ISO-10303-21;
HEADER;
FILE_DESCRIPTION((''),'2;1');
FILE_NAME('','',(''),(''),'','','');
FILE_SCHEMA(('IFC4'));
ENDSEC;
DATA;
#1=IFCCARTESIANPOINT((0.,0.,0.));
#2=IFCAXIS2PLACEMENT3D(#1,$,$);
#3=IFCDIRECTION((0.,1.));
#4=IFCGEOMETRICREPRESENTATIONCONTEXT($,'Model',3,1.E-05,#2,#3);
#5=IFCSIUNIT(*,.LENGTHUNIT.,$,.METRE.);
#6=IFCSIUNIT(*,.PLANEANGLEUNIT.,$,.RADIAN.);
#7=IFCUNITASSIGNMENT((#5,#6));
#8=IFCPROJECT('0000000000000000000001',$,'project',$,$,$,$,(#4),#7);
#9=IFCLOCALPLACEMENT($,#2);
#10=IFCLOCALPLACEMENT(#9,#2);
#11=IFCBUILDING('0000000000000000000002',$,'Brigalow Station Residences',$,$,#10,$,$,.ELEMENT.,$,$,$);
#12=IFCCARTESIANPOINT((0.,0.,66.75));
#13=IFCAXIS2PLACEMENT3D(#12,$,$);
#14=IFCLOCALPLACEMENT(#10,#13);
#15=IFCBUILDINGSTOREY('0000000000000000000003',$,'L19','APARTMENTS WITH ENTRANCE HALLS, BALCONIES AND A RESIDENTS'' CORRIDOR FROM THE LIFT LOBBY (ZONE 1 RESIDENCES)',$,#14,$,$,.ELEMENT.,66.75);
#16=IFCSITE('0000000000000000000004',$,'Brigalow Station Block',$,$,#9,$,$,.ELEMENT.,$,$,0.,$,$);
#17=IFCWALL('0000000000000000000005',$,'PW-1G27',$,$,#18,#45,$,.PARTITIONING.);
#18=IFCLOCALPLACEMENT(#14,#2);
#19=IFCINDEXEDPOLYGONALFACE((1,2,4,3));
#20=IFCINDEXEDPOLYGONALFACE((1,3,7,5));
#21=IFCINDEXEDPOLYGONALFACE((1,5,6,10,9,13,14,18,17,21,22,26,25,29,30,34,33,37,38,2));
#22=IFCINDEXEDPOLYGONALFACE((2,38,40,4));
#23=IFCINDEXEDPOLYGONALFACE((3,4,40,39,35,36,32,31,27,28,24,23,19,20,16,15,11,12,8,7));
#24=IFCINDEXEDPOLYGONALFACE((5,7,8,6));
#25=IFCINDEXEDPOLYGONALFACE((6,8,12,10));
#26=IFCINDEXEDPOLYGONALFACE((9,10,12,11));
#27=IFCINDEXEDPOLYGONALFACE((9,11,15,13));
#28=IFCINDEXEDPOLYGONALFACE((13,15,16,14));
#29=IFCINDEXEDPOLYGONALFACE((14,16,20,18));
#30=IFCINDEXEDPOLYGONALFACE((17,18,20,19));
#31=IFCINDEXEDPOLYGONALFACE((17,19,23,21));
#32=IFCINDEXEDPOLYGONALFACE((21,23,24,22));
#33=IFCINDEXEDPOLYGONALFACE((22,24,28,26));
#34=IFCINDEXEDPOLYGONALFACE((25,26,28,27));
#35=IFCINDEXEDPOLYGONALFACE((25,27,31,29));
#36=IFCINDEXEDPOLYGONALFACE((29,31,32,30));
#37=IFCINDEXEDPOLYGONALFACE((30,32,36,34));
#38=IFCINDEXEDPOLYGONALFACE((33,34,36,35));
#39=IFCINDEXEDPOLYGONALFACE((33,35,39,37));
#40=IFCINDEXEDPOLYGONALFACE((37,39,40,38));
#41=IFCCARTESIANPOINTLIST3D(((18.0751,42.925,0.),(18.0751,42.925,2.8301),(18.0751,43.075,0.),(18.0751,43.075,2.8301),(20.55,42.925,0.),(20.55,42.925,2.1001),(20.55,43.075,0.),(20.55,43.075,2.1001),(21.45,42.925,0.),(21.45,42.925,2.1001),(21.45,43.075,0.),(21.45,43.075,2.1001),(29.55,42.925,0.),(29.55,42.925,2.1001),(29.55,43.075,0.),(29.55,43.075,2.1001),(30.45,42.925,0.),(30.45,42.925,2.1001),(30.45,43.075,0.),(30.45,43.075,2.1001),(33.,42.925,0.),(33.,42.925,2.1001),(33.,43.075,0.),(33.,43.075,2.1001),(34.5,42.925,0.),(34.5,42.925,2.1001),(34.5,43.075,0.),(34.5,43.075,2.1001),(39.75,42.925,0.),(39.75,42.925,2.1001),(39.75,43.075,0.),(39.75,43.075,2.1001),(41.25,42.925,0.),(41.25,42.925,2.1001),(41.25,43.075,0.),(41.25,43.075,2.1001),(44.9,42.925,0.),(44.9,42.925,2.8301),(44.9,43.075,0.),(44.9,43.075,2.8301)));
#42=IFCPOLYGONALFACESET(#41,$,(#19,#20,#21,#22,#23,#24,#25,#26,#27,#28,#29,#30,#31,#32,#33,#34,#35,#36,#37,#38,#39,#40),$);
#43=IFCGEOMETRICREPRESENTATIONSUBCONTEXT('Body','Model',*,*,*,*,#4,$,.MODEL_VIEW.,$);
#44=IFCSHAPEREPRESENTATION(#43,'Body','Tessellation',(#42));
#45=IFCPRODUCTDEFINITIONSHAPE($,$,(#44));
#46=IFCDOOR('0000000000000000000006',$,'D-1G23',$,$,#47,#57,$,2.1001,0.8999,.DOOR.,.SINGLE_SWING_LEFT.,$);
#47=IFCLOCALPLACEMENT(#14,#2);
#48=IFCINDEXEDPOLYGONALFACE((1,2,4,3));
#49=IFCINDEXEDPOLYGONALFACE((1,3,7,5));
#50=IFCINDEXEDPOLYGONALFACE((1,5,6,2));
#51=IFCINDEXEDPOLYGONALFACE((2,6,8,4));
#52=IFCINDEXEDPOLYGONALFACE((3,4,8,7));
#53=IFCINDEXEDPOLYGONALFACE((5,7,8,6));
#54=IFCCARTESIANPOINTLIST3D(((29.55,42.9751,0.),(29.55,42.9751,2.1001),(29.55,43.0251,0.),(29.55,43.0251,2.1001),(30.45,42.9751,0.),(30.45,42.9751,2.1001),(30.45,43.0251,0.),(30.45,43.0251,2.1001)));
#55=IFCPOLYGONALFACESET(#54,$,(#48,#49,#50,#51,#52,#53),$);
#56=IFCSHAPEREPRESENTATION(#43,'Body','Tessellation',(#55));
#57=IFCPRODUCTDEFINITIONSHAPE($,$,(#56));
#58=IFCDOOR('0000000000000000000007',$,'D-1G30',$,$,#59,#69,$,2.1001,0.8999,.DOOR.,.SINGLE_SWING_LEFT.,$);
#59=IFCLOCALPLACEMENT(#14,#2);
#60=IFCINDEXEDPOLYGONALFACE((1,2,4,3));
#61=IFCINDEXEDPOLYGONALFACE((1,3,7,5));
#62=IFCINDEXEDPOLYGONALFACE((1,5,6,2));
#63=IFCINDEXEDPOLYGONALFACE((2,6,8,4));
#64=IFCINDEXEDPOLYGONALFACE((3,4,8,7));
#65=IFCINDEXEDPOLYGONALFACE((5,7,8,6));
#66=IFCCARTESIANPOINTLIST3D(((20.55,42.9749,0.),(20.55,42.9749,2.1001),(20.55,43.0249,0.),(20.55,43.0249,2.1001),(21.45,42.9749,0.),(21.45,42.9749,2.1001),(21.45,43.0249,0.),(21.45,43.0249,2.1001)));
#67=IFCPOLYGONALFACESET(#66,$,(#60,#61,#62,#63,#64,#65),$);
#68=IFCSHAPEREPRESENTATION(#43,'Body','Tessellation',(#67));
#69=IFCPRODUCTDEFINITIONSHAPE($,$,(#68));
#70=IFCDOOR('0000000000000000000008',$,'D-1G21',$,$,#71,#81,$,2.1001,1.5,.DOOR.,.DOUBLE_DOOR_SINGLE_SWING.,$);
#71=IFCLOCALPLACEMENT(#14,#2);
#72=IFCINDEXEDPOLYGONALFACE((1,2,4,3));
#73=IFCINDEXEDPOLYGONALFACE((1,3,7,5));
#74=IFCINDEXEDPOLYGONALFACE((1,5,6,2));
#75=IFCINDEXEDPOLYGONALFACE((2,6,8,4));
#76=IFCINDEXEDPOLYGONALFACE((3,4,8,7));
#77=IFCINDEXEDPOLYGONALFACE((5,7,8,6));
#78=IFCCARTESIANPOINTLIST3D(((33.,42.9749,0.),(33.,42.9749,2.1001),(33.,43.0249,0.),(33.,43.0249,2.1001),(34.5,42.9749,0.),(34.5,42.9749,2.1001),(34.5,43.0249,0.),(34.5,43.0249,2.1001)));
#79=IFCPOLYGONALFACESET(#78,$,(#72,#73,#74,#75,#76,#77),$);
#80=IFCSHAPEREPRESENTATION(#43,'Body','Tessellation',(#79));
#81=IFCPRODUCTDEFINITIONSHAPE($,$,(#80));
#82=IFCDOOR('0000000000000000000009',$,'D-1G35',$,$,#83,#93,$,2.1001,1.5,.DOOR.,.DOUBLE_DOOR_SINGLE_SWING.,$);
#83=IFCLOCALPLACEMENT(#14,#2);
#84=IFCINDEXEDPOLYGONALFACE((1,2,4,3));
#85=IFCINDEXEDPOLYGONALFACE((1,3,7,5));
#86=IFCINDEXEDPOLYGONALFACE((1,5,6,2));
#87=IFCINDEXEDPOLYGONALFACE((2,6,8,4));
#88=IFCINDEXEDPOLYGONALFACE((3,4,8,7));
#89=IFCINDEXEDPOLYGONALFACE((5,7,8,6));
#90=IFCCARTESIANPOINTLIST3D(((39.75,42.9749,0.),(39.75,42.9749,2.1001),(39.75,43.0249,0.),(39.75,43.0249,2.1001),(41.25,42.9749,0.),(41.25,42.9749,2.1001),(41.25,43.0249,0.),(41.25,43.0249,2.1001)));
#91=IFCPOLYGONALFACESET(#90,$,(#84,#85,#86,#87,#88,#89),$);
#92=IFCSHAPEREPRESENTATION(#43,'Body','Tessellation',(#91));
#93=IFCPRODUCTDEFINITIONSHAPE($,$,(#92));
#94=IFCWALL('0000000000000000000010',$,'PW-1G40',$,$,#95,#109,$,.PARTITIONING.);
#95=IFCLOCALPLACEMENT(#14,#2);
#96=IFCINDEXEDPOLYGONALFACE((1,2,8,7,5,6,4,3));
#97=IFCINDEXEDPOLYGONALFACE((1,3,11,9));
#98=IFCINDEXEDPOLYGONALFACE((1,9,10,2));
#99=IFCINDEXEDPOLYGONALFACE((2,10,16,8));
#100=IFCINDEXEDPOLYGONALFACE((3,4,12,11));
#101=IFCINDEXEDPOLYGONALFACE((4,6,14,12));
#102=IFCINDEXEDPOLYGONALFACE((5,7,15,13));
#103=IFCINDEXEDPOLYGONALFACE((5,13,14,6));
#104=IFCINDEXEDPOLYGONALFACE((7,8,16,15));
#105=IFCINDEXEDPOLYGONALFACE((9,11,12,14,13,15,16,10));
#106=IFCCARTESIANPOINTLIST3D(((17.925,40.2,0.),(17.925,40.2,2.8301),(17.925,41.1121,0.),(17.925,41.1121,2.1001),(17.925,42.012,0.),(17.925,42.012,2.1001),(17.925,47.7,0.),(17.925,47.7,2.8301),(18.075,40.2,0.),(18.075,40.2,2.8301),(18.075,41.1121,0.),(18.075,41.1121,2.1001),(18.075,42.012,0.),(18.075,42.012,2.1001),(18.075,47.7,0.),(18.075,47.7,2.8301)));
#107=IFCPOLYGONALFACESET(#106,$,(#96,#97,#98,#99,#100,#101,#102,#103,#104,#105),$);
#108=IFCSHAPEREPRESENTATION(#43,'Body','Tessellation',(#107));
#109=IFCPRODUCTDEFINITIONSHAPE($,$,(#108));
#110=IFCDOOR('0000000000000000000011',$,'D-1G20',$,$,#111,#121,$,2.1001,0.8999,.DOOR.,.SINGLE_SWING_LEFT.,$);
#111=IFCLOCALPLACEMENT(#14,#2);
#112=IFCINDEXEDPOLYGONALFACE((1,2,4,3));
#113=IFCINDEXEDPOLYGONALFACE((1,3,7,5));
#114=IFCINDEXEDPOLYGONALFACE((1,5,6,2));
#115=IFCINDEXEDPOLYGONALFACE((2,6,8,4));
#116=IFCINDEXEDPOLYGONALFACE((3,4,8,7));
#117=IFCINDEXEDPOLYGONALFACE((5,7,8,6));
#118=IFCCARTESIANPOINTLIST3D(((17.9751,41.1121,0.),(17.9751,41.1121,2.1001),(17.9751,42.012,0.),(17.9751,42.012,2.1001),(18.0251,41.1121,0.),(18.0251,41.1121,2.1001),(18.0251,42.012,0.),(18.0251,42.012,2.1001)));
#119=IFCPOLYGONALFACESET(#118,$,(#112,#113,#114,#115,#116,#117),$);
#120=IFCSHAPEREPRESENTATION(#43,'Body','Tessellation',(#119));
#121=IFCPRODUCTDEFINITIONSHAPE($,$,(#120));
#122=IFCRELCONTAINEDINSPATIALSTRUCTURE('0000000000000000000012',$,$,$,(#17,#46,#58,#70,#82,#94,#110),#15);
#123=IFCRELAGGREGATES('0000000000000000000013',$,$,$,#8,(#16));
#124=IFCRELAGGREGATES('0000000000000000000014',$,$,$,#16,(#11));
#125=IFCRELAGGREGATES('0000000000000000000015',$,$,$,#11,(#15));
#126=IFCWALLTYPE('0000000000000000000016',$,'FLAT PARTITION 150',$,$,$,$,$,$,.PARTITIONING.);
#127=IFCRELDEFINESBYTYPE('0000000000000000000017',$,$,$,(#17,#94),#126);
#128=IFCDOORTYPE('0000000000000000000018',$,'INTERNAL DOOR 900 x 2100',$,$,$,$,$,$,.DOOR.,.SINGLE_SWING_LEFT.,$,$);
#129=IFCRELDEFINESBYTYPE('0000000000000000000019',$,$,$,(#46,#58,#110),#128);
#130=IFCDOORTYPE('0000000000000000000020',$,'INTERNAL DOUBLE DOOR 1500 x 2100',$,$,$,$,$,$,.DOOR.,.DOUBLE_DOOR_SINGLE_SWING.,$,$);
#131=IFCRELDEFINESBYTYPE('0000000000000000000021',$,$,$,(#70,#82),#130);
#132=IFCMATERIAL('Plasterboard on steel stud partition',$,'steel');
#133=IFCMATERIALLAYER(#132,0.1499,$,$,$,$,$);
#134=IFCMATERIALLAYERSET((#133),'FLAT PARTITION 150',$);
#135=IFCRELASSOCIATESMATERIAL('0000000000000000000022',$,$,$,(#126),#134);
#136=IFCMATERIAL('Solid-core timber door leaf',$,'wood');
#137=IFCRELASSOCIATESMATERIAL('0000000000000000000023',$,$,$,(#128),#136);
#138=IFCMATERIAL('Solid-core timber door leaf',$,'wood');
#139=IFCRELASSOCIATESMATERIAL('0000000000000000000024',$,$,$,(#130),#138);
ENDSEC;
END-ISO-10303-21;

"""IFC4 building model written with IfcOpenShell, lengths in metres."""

from ifc_helpers import new_model, si_unit, direction, frame, frame_2d, origin, place, context, subcontext, project, spatial, rectangle, extrude, material, layer, layer_set, type_object, element, fill, save


model = new_model("IFC4")

# Units and contexts
model_context = context("Model", 3, precision=1e-05, world=origin(), true_north=direction((0.0, 1.0)))
body_context = subcontext(model_context, "Body", "Model", "MODEL_VIEW")
ifc_project = project(units=[si_unit("LENGTHUNIT", "METRE"), si_unit("PLANEANGLEUNIT", "RADIAN")], contexts=[model_context])

# Site, building, storey
site_placement = place(None, origin())
site = spatial("IfcSite", under=ifc_project, at=site_placement, Name="Brigalow Station Block", CompositionType="ELEMENT", RefElevation=0.0)
building_placement = place(site_placement, origin())
building = spatial("IfcBuilding", under=site, at=building_placement, Name="Brigalow Station Residences", CompositionType="ELEMENT")
storey_placement = place(building_placement, frame((0.0, 0.0, 66.75)))
storey = spatial("IfcBuildingStorey", under=building, at=storey_placement, Name="L19", Description="APARTMENTS WITH ENTRANCE HALLS, BALCONIES AND A RESIDENTS' CORRIDOR FROM THE LIFT LOBBY (ZONE 1 RESIDENCES)", CompositionType="ELEMENT", Elevation=66.75)

# Shared definitions
ifc_material_1 = material(Name="Plasterboard on steel stud partition", Category="steel")
ifc_layer_1 = layer(ifc_material_1, 0.1499)
ifc_layer_set_1 = layer_set([ifc_layer_1], Name="FLAT PARTITION 150")
wall_type_1 = type_object("IfcWallType", Name="FLAT PARTITION 150", PredefinedType="PARTITIONING", material=ifc_layer_set_1)

# Wall, openings, doors
wall_1_placement = place(storey_placement, frame((18.075, 43.0, 0.0), z_axis=(0.0, 0.0, 1.0), x_axis=(1.0, 0.0, 0.0)))
wall_1 = element("IfcWall", 1, at=wall_1_placement, inside=storey, type_object=wall_type_1, Name="PW-1G27", PredefinedType="PARTITIONING", context=body_context, shape_type="SweptSolid", body=[
    extrude(rectangle(XDim=26.825, YDim=0.1499, at=frame_2d((13.4126, 0.0))), origin(), (0.0, 0.0, 1.0), 2.8301),
])
opening_1_placement = place(wall_1_placement, frame((14.925, 0.0, 0.0)))
opening_1 = element("IfcOpeningElement", 2, at=opening_1_placement, cuts=wall_1, PredefinedType="OPENING", context=body_context, shape_type="SweptSolid", body=[
    extrude(rectangle(XDim=1.5, YDim=2.1001, at=frame_2d((0.75, 1.05))), frame((0.0, 0.085, 0.0), z_axis=(0.0, -1.0, 0.0), x_axis=(1.0, 0.0, 0.0)), (0.0, 0.0, 1.0), 0.1699),
])
opening_2_placement = place(wall_1_placement, frame((11.4751, 0.0, 0.0)))
opening_2 = element("IfcOpeningElement", 3, at=opening_2_placement, cuts=wall_1, PredefinedType="OPENING", context=body_context, shape_type="SweptSolid", body=[
    extrude(rectangle(XDim=0.8999, YDim=2.1001, at=frame_2d((0.45, 1.05))), frame((0.0, 0.085, 0.0), z_axis=(0.0, -1.0, 0.0), x_axis=(1.0, 0.0, 0.0)), (0.0, 0.0, 1.0), 0.1699),
])
opening_3_placement = place(wall_1_placement, frame((2.4751, 0.0, 0.0)))
opening_3 = element("IfcOpeningElement", 4, at=opening_3_placement, cuts=wall_1, PredefinedType="OPENING", context=body_context, shape_type="SweptSolid", body=[
    extrude(rectangle(XDim=0.8999, YDim=2.1001, at=frame_2d((0.45, 1.05))), frame((0.0, 0.085, 0.0), z_axis=(0.0, -1.0, 0.0), x_axis=(1.0, 0.0, 0.0)), (0.0, 0.0, 1.0), 0.1699),
])
opening_4_placement = place(wall_1_placement, frame((21.675, 0.0, 0.0)))
opening_4 = element("IfcOpeningElement", 5, at=opening_4_placement, cuts=wall_1, PredefinedType="OPENING", context=body_context, shape_type="SweptSolid", body=[
    extrude(rectangle(XDim=1.5, YDim=2.1001, at=frame_2d((0.75, 1.05))), frame((0.0, 0.085, 0.0), z_axis=(0.0, -1.0, 0.0), x_axis=(1.0, 0.0, 0.0)), (0.0, 0.0, 1.0), 0.1699),
])
ifc_material_2 = material(Name="Solid-core timber door leaf", Category="wood")
door_type_1 = type_object("IfcDoorType", Name="INTERNAL DOOR 900 x 2100", OperationType="SINGLE_SWING_LEFT", PredefinedType="DOOR", material=ifc_material_2)
door_1_placement = place(opening_2_placement, frame((0.8999, 0.0, 0.0), z_axis=(0.0, 0.0, 1.0), x_axis=(-1.0, 0.0, 0.0)))
door_1 = element("IfcDoor", 6, at=door_1_placement, inside=storey, type_object=door_type_1, Name="D-1G23", OperationType="SINGLE_SWING_LEFT", OverallHeight=2.1001, OverallWidth=0.8999, PredefinedType="DOOR", context=body_context, shape_type="SweptSolid", body=[
    extrude(rectangle(XDim=0.8999, YDim=2.1001, at=frame_2d((0.45, 1.05))), frame((0.0, 0.0249, 0.0), z_axis=(0.0, -1.0, 0.0), x_axis=(1.0, 0.0, 0.0)), (0.0, 0.0, 1.0), 0.05),
])
fill(opening_2, door_1)
door_2_placement = place(opening_3_placement, origin())
door_2 = element("IfcDoor", 7, at=door_2_placement, inside=storey, type_object=door_type_1, Name="D-1G30", OperationType="SINGLE_SWING_LEFT", OverallHeight=2.1001, OverallWidth=0.8999, PredefinedType="DOOR", context=body_context, shape_type="SweptSolid", body=[
    extrude(rectangle(XDim=0.8999, YDim=2.1001, at=frame_2d((0.45, 1.05))), frame((0.0, 0.0249, 0.0), z_axis=(0.0, -1.0, 0.0), x_axis=(1.0, 0.0, 0.0)), (0.0, 0.0, 1.0), 0.05),
])
fill(opening_3, door_2)
ifc_material_3 = material(Name="Solid-core timber door leaf", Category="wood")
door_type_2 = type_object("IfcDoorType", Name="INTERNAL DOUBLE DOOR 1500 x 2100", OperationType="DOUBLE_DOOR_SINGLE_SWING", PredefinedType="DOOR", material=ifc_material_3)
door_3_placement = place(opening_1_placement, origin())
door_3 = element("IfcDoor", 8, at=door_3_placement, inside=storey, type_object=door_type_2, Name="D-1G21", OperationType="DOUBLE_DOOR_SINGLE_SWING", OverallHeight=2.1001, OverallWidth=1.5, PredefinedType="DOOR", context=body_context, shape_type="SweptSolid", body=[
    extrude(rectangle(XDim=1.5, YDim=2.1001, at=frame_2d((0.75, 1.05))), frame((0.0, 0.0249, 0.0), z_axis=(0.0, -1.0, 0.0), x_axis=(1.0, 0.0, 0.0)), (0.0, 0.0, 1.0), 0.05),
])
fill(opening_1, door_3)
door_4_placement = place(opening_4_placement, origin())
door_4 = element("IfcDoor", 9, at=door_4_placement, inside=storey, type_object=door_type_2, Name="D-1G35", OperationType="DOUBLE_DOOR_SINGLE_SWING", OverallHeight=2.1001, OverallWidth=1.5, PredefinedType="DOOR", context=body_context, shape_type="SweptSolid", body=[
    extrude(rectangle(XDim=1.5, YDim=2.1001, at=frame_2d((0.75, 1.05))), frame((0.0, 0.0249, 0.0), z_axis=(0.0, -1.0, 0.0), x_axis=(1.0, 0.0, 0.0)), (0.0, 0.0, 1.0), 0.05),
])
fill(opening_4, door_4)

# Wall, opening, door
wall_2_placement = place(storey_placement, frame((18.0, 40.2, 0.0), z_axis=(0.0, 0.0, 1.0), x_axis=(0.0, 1.0, 0.0)))
wall_2 = element("IfcWall", 10, at=wall_2_placement, inside=storey, type_object=wall_type_1, Name="PW-1G40", PredefinedType="PARTITIONING", context=body_context, shape_type="SweptSolid", body=[
    extrude(rectangle(XDim=7.5, YDim=0.1499, at=frame_2d((3.75, 0.0))), origin(), (0.0, 0.0, 1.0), 2.8301),
])
opening_5_placement = place(wall_2_placement, frame((0.9121, 0.0, 0.0)))
opening_5 = element("IfcOpeningElement", 11, at=opening_5_placement, cuts=wall_2, PredefinedType="OPENING", context=body_context, shape_type="SweptSolid", body=[
    extrude(rectangle(XDim=0.8999, YDim=2.1001, at=frame_2d((0.45, 1.05))), frame((0.0, 0.085, 0.0), z_axis=(0.0, -1.0, 0.0), x_axis=(1.0, 0.0, 0.0)), (0.0, 0.0, 1.0), 0.1699),
])
door_5_placement = place(opening_5_placement, origin())
door_5 = element("IfcDoor", 12, at=door_5_placement, inside=storey, type_object=door_type_1, Name="D-1G20", OperationType="SINGLE_SWING_LEFT", OverallHeight=2.1001, OverallWidth=0.8999, PredefinedType="DOOR", context=body_context, shape_type="SweptSolid", body=[
    extrude(rectangle(XDim=0.8999, YDim=2.1001, at=frame_2d((0.45, 1.05))), frame((0.0, 0.0249, 0.0), z_axis=(0.0, -1.0, 0.0), x_axis=(1.0, 0.0, 0.0)), (0.0, 0.0, 1.0), 0.05),
])
fill(opening_5, door_5)

save(model, "model.ifc")
